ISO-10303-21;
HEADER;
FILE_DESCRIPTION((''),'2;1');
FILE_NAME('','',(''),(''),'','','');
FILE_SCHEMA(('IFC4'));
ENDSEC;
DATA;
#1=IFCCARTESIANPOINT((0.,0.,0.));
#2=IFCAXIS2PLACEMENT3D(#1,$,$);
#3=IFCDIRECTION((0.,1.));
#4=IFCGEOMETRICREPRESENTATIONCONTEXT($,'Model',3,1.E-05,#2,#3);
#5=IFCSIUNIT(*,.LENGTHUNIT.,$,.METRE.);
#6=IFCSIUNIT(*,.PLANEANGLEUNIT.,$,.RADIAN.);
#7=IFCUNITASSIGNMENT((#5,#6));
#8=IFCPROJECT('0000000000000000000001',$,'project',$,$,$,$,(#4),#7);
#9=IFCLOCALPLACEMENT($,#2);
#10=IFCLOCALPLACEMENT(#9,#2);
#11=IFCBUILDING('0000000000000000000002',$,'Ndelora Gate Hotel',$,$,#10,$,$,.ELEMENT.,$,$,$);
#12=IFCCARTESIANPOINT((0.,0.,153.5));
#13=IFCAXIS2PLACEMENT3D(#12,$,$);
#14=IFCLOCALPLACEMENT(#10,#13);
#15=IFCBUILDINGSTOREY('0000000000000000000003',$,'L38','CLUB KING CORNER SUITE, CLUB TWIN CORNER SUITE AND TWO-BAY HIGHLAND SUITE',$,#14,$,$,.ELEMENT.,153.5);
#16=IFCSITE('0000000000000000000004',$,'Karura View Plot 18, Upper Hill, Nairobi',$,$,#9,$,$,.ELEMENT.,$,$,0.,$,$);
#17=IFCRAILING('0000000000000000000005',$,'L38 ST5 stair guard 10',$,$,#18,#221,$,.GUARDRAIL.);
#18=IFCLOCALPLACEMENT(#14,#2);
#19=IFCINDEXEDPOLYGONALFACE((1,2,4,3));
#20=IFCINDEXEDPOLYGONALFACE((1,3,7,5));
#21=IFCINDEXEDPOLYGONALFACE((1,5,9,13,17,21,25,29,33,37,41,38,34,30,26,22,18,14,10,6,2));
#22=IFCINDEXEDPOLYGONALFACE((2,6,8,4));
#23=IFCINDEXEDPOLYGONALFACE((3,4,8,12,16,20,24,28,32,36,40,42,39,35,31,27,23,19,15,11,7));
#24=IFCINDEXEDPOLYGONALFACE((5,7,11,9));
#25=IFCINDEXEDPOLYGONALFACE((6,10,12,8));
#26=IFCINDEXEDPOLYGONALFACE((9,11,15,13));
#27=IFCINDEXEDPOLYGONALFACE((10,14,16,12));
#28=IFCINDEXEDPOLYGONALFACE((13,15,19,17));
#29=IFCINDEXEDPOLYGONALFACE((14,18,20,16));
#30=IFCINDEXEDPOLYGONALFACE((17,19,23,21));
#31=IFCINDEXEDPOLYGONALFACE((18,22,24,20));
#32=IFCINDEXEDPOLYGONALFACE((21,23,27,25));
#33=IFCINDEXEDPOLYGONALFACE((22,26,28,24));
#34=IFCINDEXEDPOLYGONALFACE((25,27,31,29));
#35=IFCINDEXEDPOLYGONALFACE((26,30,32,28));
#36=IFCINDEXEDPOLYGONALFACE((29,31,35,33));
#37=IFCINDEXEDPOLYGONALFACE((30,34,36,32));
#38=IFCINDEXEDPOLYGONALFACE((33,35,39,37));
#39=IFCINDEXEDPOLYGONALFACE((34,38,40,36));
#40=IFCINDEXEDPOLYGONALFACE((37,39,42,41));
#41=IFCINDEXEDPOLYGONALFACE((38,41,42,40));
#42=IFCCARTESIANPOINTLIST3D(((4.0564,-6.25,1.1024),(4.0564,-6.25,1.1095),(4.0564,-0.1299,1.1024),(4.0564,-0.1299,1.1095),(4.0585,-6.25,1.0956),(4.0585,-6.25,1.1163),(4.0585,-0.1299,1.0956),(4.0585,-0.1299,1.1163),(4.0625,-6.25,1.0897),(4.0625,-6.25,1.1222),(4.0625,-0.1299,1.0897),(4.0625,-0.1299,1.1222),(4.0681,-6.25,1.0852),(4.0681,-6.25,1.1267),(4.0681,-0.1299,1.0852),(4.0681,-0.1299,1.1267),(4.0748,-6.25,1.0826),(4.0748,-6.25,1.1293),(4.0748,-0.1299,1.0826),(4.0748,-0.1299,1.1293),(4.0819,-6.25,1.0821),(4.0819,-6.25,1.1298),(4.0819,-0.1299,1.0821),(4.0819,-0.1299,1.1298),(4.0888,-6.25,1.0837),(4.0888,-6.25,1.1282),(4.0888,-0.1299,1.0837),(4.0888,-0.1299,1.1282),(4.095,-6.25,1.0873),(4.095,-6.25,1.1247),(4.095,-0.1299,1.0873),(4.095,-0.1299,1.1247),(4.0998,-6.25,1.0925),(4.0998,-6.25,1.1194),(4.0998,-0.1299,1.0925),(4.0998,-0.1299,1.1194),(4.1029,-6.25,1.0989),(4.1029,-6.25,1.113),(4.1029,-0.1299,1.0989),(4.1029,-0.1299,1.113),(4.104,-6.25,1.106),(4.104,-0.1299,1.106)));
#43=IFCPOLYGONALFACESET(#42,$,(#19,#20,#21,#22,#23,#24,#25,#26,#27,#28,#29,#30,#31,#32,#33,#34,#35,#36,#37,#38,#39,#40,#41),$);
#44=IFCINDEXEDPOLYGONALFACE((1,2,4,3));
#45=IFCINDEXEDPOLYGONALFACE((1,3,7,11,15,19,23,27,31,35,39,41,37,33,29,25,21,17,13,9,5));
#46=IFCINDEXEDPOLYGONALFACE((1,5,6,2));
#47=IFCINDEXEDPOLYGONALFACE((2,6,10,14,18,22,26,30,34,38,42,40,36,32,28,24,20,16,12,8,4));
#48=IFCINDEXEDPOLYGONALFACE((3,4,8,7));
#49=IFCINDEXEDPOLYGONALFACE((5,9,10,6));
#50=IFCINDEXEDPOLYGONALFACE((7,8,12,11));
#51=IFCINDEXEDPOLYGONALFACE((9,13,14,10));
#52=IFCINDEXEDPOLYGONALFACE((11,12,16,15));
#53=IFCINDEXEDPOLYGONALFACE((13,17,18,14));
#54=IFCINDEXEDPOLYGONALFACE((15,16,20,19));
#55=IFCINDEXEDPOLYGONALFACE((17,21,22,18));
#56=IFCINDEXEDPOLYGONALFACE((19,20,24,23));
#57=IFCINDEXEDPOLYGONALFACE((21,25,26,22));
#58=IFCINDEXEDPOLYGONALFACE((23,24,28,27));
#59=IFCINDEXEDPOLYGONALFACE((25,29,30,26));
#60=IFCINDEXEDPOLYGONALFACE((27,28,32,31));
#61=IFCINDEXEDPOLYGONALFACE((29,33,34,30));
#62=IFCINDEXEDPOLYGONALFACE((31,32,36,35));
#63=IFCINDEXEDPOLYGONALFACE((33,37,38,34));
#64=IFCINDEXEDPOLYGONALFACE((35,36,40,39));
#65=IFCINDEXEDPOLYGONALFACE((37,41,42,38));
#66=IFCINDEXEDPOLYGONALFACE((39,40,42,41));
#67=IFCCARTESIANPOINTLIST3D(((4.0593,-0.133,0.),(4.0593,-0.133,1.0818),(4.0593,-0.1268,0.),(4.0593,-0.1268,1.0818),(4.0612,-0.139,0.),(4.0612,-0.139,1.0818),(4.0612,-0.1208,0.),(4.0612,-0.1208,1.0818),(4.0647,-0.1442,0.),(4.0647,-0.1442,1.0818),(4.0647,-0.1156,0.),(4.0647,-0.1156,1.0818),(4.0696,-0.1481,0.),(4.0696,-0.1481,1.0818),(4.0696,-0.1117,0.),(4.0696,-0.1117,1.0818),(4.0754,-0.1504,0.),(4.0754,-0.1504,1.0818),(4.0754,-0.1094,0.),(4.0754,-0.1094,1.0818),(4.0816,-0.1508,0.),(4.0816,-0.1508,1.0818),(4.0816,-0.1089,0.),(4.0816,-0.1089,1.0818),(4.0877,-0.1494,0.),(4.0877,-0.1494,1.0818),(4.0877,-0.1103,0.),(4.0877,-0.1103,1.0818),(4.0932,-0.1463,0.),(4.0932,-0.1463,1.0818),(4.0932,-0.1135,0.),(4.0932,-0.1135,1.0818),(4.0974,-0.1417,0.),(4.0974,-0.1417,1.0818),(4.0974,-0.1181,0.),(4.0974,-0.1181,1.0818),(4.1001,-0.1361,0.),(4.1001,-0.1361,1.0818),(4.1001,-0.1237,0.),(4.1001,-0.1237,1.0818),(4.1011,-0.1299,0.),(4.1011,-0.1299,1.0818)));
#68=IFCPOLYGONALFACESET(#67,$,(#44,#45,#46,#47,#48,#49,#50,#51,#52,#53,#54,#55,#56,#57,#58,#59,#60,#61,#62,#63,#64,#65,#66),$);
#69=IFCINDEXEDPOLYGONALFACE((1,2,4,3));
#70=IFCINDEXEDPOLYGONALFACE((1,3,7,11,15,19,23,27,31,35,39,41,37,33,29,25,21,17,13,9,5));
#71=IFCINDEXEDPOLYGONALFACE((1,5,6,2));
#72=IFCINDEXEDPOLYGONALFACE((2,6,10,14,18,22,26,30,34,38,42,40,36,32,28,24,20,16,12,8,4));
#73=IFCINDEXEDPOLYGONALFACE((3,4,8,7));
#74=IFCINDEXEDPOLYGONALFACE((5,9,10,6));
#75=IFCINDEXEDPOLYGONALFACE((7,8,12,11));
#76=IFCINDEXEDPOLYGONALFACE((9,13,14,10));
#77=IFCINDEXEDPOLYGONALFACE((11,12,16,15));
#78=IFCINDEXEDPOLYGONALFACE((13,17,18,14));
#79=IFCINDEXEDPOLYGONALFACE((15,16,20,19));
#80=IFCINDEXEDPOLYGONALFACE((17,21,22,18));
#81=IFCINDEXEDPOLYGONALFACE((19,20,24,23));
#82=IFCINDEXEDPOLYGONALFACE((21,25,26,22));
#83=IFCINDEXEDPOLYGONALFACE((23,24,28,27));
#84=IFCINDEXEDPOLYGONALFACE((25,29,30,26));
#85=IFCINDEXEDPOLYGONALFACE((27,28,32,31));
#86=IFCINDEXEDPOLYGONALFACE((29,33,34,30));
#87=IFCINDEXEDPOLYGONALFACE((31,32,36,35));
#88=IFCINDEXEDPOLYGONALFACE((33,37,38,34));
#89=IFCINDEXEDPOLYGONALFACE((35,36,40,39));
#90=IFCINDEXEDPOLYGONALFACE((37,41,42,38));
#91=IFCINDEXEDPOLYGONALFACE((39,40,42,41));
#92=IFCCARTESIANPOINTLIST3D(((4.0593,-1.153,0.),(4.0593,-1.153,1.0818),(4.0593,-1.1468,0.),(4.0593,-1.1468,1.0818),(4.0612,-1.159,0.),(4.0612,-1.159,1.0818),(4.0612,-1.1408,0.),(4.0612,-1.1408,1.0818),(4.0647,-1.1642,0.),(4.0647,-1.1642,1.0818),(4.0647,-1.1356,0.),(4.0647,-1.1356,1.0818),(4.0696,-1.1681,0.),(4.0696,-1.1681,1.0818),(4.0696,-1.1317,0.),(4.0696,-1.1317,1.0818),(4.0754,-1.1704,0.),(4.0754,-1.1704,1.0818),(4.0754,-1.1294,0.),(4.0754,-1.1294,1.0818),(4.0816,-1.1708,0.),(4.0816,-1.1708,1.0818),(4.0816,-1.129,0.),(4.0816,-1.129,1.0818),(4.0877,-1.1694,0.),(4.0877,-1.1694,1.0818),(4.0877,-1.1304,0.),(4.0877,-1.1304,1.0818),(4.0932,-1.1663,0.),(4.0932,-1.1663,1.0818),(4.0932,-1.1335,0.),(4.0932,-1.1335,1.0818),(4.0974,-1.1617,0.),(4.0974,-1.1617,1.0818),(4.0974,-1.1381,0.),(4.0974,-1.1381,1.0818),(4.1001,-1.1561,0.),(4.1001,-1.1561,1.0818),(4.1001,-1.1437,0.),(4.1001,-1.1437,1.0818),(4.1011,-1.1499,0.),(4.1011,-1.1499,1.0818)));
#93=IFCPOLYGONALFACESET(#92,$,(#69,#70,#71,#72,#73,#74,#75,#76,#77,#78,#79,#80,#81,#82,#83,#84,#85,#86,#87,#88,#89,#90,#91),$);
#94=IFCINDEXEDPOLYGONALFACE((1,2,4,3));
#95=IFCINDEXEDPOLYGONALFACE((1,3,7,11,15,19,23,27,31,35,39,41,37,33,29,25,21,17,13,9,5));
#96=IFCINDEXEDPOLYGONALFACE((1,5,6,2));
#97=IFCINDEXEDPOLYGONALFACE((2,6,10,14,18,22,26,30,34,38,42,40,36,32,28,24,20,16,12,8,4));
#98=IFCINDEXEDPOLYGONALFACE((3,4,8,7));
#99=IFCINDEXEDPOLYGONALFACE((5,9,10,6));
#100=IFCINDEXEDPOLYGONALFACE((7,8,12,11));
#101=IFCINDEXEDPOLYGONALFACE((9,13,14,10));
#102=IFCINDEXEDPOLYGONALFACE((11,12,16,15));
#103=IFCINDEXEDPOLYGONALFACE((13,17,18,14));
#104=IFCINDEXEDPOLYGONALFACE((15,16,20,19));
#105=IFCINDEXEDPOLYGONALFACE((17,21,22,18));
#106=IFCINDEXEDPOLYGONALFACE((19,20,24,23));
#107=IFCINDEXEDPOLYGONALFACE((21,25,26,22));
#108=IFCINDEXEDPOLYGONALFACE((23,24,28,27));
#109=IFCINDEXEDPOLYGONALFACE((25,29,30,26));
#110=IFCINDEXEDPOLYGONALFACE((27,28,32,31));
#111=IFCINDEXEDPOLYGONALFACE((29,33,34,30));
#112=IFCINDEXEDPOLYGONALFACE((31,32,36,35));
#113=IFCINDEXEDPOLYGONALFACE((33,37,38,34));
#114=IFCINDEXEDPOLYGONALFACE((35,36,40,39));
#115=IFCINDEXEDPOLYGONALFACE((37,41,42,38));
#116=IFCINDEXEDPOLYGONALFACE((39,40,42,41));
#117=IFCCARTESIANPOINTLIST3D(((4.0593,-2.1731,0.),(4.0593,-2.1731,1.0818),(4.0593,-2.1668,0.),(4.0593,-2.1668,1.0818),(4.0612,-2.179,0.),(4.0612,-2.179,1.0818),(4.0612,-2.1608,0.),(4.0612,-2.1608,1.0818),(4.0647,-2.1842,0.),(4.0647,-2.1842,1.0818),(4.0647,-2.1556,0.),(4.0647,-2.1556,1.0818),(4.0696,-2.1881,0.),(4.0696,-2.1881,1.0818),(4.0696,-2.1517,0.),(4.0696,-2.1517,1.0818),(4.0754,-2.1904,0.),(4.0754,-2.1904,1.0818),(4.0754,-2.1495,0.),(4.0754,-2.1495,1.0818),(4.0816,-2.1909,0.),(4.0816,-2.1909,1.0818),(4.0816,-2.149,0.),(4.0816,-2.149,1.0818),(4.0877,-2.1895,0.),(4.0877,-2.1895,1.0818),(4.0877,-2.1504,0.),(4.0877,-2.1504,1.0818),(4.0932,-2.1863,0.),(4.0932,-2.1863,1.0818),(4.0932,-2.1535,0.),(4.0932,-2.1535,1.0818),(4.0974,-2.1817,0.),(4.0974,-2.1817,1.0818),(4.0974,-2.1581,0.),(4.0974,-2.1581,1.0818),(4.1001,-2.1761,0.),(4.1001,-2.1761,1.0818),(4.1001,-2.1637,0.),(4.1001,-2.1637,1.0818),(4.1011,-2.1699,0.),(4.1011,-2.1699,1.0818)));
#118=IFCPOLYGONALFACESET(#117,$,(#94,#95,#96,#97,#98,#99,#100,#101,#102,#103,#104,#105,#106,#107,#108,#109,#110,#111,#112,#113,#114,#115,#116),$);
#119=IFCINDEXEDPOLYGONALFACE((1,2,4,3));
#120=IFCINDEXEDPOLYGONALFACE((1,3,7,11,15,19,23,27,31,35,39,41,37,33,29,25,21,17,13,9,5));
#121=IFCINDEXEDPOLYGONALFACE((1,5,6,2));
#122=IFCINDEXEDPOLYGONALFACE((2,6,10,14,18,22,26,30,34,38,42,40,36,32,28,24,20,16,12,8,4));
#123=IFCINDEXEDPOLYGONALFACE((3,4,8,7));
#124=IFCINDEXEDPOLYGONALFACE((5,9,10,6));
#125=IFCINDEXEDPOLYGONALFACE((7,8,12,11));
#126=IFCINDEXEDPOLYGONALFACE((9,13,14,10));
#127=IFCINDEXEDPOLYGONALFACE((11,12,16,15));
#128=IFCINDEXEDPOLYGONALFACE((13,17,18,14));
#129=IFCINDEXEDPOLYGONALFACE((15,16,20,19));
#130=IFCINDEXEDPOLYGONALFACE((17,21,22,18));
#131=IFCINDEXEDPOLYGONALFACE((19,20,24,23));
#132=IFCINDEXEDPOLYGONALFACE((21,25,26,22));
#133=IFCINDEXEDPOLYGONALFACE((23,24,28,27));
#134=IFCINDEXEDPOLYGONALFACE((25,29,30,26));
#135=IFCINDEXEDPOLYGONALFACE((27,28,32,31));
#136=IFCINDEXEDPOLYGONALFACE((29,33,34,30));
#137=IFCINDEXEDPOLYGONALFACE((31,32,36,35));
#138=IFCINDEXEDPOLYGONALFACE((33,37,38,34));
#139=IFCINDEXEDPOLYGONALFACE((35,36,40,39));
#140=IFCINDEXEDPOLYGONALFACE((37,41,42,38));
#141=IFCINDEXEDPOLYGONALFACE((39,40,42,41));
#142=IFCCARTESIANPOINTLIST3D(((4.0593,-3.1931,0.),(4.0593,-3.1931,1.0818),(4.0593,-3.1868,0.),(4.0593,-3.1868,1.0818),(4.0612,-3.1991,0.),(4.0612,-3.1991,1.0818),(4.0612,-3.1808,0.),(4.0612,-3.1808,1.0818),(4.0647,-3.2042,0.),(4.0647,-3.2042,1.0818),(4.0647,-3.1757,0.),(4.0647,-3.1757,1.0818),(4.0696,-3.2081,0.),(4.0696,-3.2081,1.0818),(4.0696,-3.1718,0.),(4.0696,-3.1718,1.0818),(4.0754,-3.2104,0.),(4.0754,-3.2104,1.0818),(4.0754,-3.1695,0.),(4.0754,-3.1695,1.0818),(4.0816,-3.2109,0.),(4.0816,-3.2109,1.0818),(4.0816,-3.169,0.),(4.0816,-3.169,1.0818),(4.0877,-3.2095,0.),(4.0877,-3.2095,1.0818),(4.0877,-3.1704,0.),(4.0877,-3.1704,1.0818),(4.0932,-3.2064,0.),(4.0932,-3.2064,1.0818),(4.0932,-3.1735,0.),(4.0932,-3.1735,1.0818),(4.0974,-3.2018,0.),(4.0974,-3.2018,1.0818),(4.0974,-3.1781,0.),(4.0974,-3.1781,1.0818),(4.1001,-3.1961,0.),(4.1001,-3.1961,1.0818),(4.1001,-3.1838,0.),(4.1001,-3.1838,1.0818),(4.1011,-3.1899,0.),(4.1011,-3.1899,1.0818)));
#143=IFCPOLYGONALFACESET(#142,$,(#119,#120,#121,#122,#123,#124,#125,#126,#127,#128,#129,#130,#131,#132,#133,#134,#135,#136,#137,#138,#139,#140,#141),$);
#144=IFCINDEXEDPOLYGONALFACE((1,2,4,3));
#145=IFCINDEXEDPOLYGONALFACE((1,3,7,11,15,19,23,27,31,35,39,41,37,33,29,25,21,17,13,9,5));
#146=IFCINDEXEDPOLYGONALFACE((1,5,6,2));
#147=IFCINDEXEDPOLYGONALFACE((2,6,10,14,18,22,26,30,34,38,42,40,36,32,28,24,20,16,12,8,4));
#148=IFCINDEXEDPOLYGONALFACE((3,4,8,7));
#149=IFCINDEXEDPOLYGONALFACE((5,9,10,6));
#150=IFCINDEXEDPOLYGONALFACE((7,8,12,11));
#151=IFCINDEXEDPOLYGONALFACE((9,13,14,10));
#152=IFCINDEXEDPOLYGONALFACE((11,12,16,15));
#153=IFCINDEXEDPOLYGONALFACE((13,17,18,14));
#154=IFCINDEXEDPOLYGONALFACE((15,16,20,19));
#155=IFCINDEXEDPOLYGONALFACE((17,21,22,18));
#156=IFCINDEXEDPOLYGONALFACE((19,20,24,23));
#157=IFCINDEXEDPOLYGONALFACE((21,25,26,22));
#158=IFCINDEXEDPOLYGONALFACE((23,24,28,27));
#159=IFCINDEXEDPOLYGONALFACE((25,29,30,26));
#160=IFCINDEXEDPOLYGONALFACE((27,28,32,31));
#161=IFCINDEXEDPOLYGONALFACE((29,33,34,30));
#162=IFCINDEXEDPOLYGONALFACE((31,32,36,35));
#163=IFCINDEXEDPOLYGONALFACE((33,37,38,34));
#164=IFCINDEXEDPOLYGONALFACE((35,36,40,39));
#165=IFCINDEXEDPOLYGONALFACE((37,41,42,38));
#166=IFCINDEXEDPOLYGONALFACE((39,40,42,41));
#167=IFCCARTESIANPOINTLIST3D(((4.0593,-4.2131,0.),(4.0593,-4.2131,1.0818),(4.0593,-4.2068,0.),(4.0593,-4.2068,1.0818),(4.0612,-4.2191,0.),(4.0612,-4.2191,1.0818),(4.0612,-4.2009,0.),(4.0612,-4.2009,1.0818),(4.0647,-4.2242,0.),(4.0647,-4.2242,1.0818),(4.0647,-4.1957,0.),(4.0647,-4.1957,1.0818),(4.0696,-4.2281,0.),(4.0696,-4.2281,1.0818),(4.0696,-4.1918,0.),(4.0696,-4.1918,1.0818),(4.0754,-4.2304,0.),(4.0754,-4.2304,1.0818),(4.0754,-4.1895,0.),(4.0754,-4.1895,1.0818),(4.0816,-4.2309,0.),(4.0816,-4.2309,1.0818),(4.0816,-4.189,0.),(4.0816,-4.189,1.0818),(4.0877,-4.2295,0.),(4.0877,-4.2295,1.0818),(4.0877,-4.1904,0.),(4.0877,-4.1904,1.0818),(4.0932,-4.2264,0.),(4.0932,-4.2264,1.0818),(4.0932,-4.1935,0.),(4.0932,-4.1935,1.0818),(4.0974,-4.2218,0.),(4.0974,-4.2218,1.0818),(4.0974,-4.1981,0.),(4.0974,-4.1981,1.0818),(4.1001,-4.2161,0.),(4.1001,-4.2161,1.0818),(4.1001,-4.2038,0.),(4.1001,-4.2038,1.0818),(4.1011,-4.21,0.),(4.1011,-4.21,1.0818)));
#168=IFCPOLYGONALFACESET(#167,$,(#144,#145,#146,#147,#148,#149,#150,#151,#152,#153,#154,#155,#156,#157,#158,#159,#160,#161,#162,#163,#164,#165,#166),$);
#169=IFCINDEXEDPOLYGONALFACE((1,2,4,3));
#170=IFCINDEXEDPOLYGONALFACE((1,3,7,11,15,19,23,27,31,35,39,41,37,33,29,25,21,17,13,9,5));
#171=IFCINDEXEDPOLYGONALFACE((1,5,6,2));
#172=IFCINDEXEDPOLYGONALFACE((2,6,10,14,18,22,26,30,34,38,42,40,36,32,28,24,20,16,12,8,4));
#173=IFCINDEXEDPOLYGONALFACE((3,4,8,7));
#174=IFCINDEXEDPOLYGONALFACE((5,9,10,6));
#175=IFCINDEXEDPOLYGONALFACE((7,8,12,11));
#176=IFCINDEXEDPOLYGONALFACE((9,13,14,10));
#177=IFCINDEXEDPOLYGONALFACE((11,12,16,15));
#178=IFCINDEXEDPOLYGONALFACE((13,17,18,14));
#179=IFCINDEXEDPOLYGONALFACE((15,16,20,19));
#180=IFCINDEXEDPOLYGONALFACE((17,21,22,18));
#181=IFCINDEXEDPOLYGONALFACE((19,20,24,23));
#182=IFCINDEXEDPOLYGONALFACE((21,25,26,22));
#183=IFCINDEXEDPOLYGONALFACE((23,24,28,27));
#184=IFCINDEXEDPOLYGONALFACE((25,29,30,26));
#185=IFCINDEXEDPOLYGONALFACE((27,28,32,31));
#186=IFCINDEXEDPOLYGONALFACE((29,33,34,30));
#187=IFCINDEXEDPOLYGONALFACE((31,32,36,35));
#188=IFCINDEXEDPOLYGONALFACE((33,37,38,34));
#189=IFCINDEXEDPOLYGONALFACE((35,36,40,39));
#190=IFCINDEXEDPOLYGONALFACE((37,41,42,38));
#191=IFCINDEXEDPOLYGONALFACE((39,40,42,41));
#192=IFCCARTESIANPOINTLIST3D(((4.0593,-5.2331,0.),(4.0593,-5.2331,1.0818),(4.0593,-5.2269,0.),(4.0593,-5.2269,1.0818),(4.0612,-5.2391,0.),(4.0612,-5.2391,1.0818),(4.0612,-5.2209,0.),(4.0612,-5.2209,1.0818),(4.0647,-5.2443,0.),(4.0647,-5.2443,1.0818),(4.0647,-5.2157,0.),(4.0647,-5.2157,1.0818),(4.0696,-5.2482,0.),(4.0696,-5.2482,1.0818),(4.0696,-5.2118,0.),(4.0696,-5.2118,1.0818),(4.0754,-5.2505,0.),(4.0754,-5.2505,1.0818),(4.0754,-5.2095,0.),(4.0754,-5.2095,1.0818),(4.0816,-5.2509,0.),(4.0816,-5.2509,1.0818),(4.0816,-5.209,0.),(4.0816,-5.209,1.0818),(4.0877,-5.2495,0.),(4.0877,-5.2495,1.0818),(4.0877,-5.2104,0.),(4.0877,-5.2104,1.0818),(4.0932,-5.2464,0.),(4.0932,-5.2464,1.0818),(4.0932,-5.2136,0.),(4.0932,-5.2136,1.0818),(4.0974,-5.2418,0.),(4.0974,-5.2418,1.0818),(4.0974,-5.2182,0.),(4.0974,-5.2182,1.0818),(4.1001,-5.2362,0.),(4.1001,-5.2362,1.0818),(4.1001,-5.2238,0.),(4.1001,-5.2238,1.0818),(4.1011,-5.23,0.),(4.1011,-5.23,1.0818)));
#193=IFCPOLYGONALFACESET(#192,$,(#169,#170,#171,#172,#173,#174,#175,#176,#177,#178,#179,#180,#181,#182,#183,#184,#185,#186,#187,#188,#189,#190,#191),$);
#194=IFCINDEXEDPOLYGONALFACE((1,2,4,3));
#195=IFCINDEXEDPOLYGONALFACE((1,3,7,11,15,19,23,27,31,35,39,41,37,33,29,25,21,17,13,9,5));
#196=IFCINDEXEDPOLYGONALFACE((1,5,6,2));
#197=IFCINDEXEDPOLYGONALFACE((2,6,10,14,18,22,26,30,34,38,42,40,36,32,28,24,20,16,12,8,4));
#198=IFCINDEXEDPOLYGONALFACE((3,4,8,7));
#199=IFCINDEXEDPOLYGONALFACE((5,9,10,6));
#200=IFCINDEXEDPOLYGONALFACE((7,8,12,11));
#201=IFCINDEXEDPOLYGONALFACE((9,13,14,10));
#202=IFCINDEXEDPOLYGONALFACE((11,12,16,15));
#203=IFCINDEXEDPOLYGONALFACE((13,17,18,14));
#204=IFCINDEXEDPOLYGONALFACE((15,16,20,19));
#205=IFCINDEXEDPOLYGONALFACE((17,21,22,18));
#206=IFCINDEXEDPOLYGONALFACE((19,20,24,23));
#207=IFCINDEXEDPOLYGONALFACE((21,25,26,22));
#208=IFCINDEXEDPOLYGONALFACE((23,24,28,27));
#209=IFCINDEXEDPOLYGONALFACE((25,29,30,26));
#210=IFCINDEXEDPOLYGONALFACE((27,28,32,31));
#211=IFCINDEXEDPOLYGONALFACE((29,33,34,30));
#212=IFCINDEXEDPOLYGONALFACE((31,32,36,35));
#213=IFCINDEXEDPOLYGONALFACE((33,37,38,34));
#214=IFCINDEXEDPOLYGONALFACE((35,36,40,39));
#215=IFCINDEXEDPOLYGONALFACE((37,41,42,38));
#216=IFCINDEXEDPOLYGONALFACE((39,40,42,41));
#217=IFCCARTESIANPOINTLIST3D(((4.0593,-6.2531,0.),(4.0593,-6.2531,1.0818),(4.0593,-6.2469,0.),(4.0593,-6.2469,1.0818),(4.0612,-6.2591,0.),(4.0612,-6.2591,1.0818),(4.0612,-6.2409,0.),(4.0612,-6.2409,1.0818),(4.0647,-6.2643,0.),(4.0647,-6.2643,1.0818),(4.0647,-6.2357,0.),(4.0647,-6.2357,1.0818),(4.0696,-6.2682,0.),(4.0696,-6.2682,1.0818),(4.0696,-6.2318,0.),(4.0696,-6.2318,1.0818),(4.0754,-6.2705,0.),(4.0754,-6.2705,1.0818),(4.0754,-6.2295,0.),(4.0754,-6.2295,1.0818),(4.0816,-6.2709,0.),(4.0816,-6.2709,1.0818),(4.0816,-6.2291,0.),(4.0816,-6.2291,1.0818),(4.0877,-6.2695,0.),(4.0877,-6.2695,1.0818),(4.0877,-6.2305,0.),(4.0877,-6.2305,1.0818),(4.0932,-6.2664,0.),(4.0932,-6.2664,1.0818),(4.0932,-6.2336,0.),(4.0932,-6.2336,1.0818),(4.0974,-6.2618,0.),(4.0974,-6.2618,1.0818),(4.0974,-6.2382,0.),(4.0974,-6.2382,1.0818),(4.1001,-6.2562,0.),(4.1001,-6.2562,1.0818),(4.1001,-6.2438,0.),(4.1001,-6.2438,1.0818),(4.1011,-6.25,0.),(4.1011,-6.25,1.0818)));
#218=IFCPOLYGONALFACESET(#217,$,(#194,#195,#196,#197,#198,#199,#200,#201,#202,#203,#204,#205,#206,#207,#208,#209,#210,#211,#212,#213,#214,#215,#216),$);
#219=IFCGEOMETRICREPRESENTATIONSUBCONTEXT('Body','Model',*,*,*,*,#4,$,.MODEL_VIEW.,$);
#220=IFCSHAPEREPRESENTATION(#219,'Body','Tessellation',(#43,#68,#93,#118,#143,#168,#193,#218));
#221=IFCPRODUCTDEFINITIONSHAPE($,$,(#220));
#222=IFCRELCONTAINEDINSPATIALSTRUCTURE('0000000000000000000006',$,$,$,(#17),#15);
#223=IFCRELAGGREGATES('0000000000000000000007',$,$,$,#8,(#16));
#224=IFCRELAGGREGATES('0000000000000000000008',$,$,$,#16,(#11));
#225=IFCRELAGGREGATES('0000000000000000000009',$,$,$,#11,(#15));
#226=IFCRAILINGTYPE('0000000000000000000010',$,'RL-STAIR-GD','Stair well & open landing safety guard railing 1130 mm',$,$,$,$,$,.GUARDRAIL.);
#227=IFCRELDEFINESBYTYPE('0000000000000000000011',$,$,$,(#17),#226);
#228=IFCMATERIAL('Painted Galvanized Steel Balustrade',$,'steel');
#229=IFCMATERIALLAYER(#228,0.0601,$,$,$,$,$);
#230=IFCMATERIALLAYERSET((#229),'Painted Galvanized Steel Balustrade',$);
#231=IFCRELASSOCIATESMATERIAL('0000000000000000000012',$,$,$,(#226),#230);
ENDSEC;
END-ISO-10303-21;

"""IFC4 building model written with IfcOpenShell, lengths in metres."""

from ifc_helpers import new_model, si_unit, direction, frame, origin, origin_2d, place, context, subcontext, project, spatial, circle, extrude, material, layer, layer_set, type_object, element, save


model = new_model("IFC4")

# Units and contexts
model_context = context("Model", 3, precision=1e-05, world=origin(), true_north=direction((0.0, 1.0)))
body_context = subcontext(model_context, "Body", "Model", "MODEL_VIEW")
ifc_project = project(units=[si_unit("LENGTHUNIT", "METRE"), si_unit("PLANEANGLEUNIT", "RADIAN")], contexts=[model_context])

# Site, building, storey
site_placement = place(None, origin())
site = spatial("IfcSite", under=ifc_project, at=site_placement, Name="Karura View Plot 18, Upper Hill, Nairobi", CompositionType="ELEMENT", RefElevation=0.0)
building_placement = place(site_placement, origin())
building = spatial("IfcBuilding", under=site, at=building_placement, Name="Ndelora Gate Hotel", CompositionType="ELEMENT")
storey_placement = place(building_placement, frame((0.0, 0.0, 153.5)))
storey = spatial("IfcBuildingStorey", under=building, at=storey_placement, Name="L38", Description="CLUB KING CORNER SUITE, CLUB TWIN CORNER SUITE AND TWO-BAY HIGHLAND SUITE", CompositionType="ELEMENT", Elevation=153.5)

# Railing
ifc_material_1 = material(Name="Painted Galvanized Steel Balustrade", Category="steel")
ifc_layer_1 = layer(ifc_material_1, 0.0601)
ifc_layer_set_1 = layer_set([ifc_layer_1], Name="Painted Galvanized Steel Balustrade")
railing_type_1 = type_object("IfcRailingType", Name="RL-STAIR-GD", Description="Stair well & open landing safety guard railing 1130 mm", PredefinedType="GUARDRAIL", material=ifc_layer_set_1)
railing_1_placement = place(storey_placement, frame((4.0801, -0.1299, 0.0)))
element("IfcRailing", 1, at=railing_1_placement, inside=storey, type_object=railing_type_1, Name="L38 ST5 stair guard 10", PredefinedType="GUARDRAIL", context=body_context, shape_type="SweptSolid", body=[
    extrude(circle(Radius=0.0239, at=origin_2d()), frame((0.0, 0.0, 1.106), z_axis=(0.0, -1.0, 0.0), x_axis=(1.0, 0.0, 0.0)), (0.0, 0.0, 1.0), 6.1201),
    extrude(circle(Radius=0.021, at=origin_2d()), origin(), (0.0, 0.0, 1.0), 1.0818),
    extrude(circle(Radius=0.021, at=origin_2d()), frame((0.0, -1.02, 0.0)), (0.0, 0.0, 1.0), 1.0818),
    extrude(circle(Radius=0.021, at=origin_2d()), frame((0.0, -2.04, 0.0)), (0.0, 0.0, 1.0), 1.0818),
    extrude(circle(Radius=0.021, at=origin_2d()), frame((0.0, -3.0601, 0.0)), (0.0, 0.0, 1.0), 1.0818),
    extrude(circle(Radius=0.021, at=origin_2d()), frame((0.0, -4.0801, 0.0)), (0.0, 0.0, 1.0), 1.0818),
    extrude(circle(Radius=0.021, at=origin_2d()), frame((0.0, -5.1001, 0.0)), (0.0, 0.0, 1.0), 1.0818),
    extrude(circle(Radius=0.021, at=origin_2d()), frame((0.0, -6.1201, 0.0)), (0.0, 0.0, 1.0), 1.0818),
])

save(model, "model.ifc")
